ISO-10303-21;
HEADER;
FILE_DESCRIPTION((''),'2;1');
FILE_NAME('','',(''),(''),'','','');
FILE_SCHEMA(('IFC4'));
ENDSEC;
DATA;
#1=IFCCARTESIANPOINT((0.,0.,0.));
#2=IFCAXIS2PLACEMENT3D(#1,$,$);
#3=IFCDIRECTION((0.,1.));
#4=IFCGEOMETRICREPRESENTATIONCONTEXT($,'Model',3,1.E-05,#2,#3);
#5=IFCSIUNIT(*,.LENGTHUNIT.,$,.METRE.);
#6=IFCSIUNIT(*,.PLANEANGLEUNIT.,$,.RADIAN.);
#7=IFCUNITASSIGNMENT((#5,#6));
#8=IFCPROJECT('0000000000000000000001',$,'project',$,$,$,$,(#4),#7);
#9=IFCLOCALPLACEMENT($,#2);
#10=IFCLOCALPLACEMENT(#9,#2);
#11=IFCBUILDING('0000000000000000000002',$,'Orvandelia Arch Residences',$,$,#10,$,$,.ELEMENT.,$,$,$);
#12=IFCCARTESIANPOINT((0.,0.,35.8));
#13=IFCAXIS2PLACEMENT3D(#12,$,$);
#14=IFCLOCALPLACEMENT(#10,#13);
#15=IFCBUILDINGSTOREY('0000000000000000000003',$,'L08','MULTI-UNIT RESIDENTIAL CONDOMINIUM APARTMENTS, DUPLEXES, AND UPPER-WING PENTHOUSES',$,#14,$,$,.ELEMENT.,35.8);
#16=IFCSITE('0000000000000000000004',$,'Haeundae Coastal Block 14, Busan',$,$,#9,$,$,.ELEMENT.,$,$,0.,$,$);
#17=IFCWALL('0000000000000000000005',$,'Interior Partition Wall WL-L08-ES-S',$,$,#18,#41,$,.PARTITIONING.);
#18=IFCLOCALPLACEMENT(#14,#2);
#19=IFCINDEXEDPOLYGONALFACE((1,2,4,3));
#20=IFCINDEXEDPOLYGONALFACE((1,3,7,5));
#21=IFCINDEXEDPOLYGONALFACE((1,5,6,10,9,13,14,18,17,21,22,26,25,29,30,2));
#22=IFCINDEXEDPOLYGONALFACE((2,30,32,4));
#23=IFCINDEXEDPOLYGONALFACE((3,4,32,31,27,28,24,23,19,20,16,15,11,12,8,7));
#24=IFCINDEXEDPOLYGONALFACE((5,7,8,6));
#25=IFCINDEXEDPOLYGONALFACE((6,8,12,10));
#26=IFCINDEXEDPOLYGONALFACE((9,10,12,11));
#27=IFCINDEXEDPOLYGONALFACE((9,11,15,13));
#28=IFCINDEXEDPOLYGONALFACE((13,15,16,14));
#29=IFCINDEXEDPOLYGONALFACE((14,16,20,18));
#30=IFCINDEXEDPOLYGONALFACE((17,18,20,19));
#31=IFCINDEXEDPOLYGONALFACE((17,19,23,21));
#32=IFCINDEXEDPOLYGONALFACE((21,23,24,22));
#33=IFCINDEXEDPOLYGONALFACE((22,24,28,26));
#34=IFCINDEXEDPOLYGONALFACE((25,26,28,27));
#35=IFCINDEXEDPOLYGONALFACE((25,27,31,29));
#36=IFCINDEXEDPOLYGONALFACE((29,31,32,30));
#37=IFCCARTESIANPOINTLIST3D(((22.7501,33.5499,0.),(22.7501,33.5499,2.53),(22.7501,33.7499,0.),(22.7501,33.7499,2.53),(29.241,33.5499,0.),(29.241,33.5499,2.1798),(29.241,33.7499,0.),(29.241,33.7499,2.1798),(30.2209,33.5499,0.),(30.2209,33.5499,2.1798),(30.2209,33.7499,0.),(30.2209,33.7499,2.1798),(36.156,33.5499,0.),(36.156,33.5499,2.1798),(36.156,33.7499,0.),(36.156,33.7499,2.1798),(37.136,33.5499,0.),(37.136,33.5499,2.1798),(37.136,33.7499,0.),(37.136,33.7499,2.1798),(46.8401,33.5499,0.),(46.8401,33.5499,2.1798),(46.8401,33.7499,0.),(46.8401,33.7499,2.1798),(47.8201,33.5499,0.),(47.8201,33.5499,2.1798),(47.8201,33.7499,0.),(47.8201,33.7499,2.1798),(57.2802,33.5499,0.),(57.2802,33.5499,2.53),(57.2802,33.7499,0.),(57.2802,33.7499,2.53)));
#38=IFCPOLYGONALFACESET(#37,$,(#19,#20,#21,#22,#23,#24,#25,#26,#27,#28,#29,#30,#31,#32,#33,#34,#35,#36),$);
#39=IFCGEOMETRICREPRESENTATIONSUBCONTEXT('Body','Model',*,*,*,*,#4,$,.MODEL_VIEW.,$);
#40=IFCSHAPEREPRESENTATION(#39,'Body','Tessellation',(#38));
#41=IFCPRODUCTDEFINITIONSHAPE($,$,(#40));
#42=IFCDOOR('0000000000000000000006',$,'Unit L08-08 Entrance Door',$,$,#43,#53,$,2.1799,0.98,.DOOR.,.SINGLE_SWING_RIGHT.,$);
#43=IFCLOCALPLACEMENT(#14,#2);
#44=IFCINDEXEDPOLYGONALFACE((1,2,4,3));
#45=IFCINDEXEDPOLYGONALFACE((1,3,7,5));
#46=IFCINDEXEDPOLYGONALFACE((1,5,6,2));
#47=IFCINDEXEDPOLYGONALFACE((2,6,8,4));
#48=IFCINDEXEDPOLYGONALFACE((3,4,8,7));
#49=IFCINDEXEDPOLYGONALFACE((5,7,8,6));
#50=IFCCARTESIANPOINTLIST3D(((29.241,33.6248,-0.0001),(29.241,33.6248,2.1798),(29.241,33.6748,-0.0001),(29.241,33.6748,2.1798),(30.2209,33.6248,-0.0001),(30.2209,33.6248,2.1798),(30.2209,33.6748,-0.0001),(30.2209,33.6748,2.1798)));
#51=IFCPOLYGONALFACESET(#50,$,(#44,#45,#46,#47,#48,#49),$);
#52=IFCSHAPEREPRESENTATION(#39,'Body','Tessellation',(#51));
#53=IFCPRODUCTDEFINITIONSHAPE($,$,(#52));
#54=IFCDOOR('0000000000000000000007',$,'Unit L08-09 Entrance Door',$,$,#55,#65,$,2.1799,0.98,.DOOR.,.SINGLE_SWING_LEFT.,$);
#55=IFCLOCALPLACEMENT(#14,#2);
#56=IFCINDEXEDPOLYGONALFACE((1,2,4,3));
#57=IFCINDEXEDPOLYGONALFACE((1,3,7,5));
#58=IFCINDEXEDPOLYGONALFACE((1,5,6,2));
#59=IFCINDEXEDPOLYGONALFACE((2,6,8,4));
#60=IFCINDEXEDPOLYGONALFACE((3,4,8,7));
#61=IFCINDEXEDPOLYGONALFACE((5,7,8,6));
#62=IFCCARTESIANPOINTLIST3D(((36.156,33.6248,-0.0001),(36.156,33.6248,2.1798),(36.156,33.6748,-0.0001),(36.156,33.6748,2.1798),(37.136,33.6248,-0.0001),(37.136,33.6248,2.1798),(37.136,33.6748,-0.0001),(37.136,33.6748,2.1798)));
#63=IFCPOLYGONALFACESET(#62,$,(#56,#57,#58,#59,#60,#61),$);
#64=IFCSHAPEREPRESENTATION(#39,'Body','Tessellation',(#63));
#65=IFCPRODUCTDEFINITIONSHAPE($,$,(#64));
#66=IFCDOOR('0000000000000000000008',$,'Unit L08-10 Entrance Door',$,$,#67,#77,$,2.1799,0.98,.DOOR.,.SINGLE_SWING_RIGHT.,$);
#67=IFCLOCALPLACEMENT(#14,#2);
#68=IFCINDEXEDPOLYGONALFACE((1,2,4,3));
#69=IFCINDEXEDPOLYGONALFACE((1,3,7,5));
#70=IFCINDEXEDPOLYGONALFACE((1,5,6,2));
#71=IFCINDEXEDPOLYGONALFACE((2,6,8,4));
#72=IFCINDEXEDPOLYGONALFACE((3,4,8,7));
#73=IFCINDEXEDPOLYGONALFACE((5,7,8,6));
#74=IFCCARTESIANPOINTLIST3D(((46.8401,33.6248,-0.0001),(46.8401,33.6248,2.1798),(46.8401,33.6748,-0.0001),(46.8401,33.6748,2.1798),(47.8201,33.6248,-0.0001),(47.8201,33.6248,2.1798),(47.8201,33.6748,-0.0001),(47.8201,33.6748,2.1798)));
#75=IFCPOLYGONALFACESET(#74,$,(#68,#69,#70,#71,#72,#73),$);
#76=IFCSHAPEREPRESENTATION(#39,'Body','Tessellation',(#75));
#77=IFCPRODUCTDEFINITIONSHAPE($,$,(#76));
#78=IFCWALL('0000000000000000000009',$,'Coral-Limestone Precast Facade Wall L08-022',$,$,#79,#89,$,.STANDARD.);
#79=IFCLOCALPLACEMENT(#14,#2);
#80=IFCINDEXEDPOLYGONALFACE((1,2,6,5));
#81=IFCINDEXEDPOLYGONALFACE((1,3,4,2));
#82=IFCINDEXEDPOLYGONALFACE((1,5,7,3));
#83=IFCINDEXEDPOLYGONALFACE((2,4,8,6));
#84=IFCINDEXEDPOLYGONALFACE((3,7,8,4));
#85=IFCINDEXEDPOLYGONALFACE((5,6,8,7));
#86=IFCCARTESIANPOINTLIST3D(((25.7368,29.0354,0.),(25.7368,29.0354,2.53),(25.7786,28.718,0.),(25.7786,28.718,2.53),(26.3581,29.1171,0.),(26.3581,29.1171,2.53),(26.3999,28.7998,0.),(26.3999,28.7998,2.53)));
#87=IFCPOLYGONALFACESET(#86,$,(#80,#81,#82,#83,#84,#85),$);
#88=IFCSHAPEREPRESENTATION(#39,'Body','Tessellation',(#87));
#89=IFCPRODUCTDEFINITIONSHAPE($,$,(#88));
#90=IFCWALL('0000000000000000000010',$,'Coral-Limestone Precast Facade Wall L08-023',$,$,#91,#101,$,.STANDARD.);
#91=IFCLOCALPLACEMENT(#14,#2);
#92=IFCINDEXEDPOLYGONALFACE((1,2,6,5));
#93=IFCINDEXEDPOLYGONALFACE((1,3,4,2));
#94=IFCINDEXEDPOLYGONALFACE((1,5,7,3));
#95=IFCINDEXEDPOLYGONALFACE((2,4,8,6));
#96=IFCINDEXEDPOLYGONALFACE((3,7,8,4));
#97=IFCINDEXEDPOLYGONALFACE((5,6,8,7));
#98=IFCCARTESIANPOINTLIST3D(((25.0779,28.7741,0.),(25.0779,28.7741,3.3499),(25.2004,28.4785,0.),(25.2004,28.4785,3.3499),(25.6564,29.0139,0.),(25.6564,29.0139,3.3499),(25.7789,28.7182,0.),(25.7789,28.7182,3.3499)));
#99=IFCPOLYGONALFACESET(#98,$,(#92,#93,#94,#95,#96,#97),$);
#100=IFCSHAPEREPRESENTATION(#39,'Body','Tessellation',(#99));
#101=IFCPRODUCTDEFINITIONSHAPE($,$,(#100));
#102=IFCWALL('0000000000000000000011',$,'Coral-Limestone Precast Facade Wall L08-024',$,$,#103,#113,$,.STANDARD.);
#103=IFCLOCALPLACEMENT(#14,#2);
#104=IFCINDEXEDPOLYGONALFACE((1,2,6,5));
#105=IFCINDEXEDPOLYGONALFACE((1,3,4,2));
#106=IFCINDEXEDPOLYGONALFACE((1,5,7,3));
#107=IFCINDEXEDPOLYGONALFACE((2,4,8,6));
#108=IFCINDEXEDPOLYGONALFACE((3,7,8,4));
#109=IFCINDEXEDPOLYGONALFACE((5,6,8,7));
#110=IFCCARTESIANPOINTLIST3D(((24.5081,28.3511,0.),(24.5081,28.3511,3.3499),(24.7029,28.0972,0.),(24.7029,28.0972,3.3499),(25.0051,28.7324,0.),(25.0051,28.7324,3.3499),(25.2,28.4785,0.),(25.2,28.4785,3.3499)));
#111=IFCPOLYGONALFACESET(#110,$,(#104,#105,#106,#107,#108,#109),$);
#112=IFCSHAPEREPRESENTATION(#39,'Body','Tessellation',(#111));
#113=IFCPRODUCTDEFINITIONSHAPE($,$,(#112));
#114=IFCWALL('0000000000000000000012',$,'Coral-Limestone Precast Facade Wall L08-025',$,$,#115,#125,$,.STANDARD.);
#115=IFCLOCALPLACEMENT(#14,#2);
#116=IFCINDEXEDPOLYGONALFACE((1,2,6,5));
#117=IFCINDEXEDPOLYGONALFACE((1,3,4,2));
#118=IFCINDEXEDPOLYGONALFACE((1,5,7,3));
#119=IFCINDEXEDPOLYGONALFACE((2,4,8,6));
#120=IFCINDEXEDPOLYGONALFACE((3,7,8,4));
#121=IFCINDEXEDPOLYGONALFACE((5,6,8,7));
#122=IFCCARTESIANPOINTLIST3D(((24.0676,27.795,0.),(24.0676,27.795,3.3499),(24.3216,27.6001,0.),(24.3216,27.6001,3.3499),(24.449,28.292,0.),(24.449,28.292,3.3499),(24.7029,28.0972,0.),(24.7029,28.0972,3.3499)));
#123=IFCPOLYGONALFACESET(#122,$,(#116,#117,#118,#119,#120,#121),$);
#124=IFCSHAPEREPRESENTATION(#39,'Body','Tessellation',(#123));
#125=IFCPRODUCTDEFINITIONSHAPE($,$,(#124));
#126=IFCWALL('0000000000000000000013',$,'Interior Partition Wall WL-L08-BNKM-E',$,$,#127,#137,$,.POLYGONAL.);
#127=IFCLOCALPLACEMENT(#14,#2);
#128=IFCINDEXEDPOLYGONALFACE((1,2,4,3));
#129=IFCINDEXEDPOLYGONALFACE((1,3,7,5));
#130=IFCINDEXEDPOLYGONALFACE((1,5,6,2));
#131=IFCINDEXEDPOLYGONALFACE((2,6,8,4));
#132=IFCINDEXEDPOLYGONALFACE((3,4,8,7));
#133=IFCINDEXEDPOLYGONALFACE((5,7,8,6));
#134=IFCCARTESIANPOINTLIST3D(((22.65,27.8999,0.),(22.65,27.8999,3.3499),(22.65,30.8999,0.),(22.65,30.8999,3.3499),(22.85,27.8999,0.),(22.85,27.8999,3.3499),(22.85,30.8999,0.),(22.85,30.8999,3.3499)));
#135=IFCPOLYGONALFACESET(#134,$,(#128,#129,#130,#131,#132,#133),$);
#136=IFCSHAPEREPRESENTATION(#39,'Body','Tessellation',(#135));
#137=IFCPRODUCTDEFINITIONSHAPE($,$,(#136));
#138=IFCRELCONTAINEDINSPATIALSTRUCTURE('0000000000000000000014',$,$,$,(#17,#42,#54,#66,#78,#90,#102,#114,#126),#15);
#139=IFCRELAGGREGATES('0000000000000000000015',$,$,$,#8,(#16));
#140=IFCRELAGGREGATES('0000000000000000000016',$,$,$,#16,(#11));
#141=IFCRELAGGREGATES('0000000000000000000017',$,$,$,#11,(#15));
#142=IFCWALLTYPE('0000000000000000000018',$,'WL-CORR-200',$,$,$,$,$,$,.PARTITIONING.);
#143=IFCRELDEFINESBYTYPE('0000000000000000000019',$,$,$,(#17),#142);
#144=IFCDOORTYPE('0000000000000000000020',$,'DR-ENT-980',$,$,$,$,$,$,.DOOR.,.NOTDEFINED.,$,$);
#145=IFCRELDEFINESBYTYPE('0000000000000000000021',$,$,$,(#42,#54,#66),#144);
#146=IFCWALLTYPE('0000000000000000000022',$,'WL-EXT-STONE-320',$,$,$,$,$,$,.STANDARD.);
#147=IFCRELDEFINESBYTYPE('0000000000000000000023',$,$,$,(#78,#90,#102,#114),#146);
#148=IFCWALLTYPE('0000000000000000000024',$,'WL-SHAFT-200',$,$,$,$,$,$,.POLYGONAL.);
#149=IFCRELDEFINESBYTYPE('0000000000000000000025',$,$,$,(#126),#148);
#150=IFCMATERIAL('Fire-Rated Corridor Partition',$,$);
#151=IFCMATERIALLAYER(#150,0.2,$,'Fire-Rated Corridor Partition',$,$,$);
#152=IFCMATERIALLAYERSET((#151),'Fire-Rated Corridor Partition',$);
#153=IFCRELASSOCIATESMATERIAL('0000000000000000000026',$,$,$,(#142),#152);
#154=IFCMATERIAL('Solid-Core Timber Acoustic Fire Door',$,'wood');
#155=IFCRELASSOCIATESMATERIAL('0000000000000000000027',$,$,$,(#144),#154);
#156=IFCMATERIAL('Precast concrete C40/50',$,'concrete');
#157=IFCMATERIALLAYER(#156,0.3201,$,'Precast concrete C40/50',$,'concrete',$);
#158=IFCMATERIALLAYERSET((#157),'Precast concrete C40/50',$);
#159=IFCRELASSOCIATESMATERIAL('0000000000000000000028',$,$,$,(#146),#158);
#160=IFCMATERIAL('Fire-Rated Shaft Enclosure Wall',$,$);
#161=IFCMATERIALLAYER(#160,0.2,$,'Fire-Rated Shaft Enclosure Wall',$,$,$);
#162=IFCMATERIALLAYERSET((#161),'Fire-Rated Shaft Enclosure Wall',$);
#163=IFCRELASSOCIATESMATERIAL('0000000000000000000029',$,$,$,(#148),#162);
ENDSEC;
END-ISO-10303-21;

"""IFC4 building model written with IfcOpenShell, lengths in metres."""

from ifc_helpers import new_model, si_unit, direction, frame, frame_2d, origin, place, context, subcontext, project, spatial, rectangle, extrude, material, layer, layer_set, type_object, element, fill, save


model = new_model("IFC4")

# Units and contexts
model_context = context("Model", 3, precision=1e-05, world=origin(), true_north=direction((0.0, 1.0)))
body_context = subcontext(model_context, "Body", "Model", "MODEL_VIEW")
ifc_project = project(units=[si_unit("LENGTHUNIT", "METRE"), si_unit("PLANEANGLEUNIT", "RADIAN")], contexts=[model_context])

# Site, building, storey
site_placement = place(None, origin())
site = spatial("IfcSite", under=ifc_project, at=site_placement, Name="Haeundae Coastal Block 14, Busan", CompositionType="ELEMENT", RefElevation=0.0)
building_placement = place(site_placement, origin())
building = spatial("IfcBuilding", under=site, at=building_placement, Name="Orvandelia Arch Residences", CompositionType="ELEMENT")
storey_placement = place(building_placement, frame((0.0, 0.0, 35.8)))
storey = spatial("IfcBuildingStorey", under=building, at=storey_placement, Name="L08", Description="MULTI-UNIT RESIDENTIAL CONDOMINIUM APARTMENTS, DUPLEXES, AND UPPER-WING PENTHOUSES", CompositionType="ELEMENT", Elevation=35.8)

# Wall, openings, doors
ifc_material_1 = material(Name="Fire-Rated Corridor Partition")
ifc_layer_1 = layer(ifc_material_1, 0.2, Name="Fire-Rated Corridor Partition")
ifc_layer_set_1 = layer_set([ifc_layer_1], Name="Fire-Rated Corridor Partition")
wall_type_1 = type_object("IfcWallType", Name="WL-CORR-200", PredefinedType="PARTITIONING", material=ifc_layer_set_1)
wall_1_placement = place(storey_placement, frame((22.75, 33.6499, 0.0), z_axis=(0.0, 0.0, 1.0), x_axis=(1.0, 0.0, 0.0)))
wall_1 = element("IfcWall", 1, at=wall_1_placement, inside=storey, type_object=wall_type_1, Name="Interior Partition Wall WL-L08-ES-S", PredefinedType="PARTITIONING", context=body_context, shape_type="SweptSolid", body=[
    extrude(rectangle(XDim=34.53, YDim=0.2, at=frame_2d((17.2651, 0.0))), origin(), (0.0, 0.0, 1.0), 2.53),
])
opening_1_placement = place(wall_1_placement, frame((6.491, 0.0, 0.0)))
opening_1 = element("IfcOpeningElement", 2, at=opening_1_placement, cuts=wall_1, PredefinedType="OPENING", context=body_context, shape_type="SweptSolid", body=[
    extrude(rectangle(XDim=0.98, YDim=2.1799, at=frame_2d((0.49, 1.0898))), frame((0.0, 0.1099, 0.0), z_axis=(0.0, -1.0, 0.0), x_axis=(1.0, 0.0, 0.0)), (0.0, 0.0, 1.0), 0.22),
])
opening_2_placement = place(wall_1_placement, frame((13.406, 0.0, 0.0)))
opening_2 = element("IfcOpeningElement", 3, at=opening_2_placement, cuts=wall_1, PredefinedType="OPENING", context=body_context, shape_type="SweptSolid", body=[
    extrude(rectangle(XDim=0.98, YDim=2.1799, at=frame_2d((0.49, 1.0898))), frame((0.0, 0.1099, 0.0), z_axis=(0.0, -1.0, 0.0), x_axis=(1.0, 0.0, 0.0)), (0.0, 0.0, 1.0), 0.22),
])
opening_3_placement = place(wall_1_placement, frame((24.0901, 0.0, 0.0)))
opening_3 = element("IfcOpeningElement", 4, at=opening_3_placement, cuts=wall_1, PredefinedType="OPENING", context=body_context, shape_type="SweptSolid", body=[
    extrude(rectangle(XDim=0.98, YDim=2.1799, at=frame_2d((0.49, 1.0898))), frame((0.0, 0.1099, 0.0), z_axis=(0.0, -1.0, 0.0), x_axis=(1.0, 0.0, 0.0)), (0.0, 0.0, 1.0), 0.22),
])
ifc_material_2 = material(Name="Solid-Core Timber Acoustic Fire Door", Category="wood")
door_type_1 = type_object("IfcDoorType", Name="DR-ENT-980", OperationType="NOTDEFINED", PredefinedType="DOOR", material=ifc_material_2)
door_1_placement = place(opening_1_placement, origin())
door_1 = element("IfcDoor", 5, at=door_1_placement, inside=storey, type_object=door_type_1, Name="Unit L08-08 Entrance Door", OperationType="SINGLE_SWING_RIGHT", OverallHeight=2.1799, OverallWidth=0.98, PredefinedType="DOOR", context=body_context, shape_type="SweptSolid", body=[
    extrude(rectangle(XDim=0.98, YDim=2.1799, at=frame_2d((0.49, 1.0898))), frame((0.0, 0.0249, 0.0), z_axis=(0.0, -1.0, 0.0), x_axis=(1.0, 0.0, 0.0)), (0.0, 0.0, 1.0), 0.05),
])
fill(opening_1, door_1)
door_2_placement = place(opening_2_placement, origin())
door_2 = element("IfcDoor", 6, at=door_2_placement, inside=storey, type_object=door_type_1, Name="Unit L08-09 Entrance Door", OperationType="SINGLE_SWING_LEFT", OverallHeight=2.1799, OverallWidth=0.98, PredefinedType="DOOR", context=body_context, shape_type="SweptSolid", body=[
    extrude(rectangle(XDim=0.98, YDim=2.1799, at=frame_2d((0.49, 1.0898))), frame((0.0, 0.0249, 0.0), z_axis=(0.0, -1.0, 0.0), x_axis=(1.0, 0.0, 0.0)), (0.0, 0.0, 1.0), 0.05),
])
fill(opening_2, door_2)
door_3_placement = place(opening_3_placement, origin())
door_3 = element("IfcDoor", 7, at=door_3_placement, inside=storey, type_object=door_type_1, Name="Unit L08-10 Entrance Door", OperationType="SINGLE_SWING_RIGHT", OverallHeight=2.1799, OverallWidth=0.98, PredefinedType="DOOR", context=body_context, shape_type="SweptSolid", body=[
    extrude(rectangle(XDim=0.98, YDim=2.1799, at=frame_2d((0.49, 1.0898))), frame((0.0, 0.0249, 0.0), z_axis=(0.0, -1.0, 0.0), x_axis=(1.0, 0.0, 0.0)), (0.0, 0.0, 1.0), 0.05),
])
fill(opening_3, door_3)

# Walls
ifc_material_3 = material(Name="Precast concrete C40/50", Category="concrete")
ifc_layer_2 = layer(ifc_material_3, 0.3201, Name="Precast concrete C40/50", Category="concrete")
ifc_layer_set_2 = layer_set([ifc_layer_2], Name="Precast concrete C40/50")
wall_type_2 = type_object("IfcWallType", Name="WL-EXT-STONE-320", PredefinedType="STANDARD", material=ifc_layer_set_2)
wall_2_placement = place(storey_placement, frame((26.3792, 28.9585, 0.0), z_axis=(0.0, 0.0, 1.0), x_axis=(-0.991448, -0.130505, 0.0)))
element("IfcWall", 8, at=wall_2_placement, inside=storey, type_object=wall_type_2, Name="Coral-Limestone Precast Facade Wall L08-022", PredefinedType="STANDARD", context=body_context, shape_type="SweptSolid", body=[
    extrude(rectangle(XDim=0.6267, YDim=0.3201, at=frame_2d((0.3135, 0.0))), origin(), (0.0, 0.0, 1.0), 2.53),
])
wall_3_placement = place(storey_placement, frame((25.7175, 28.866, 0.0), z_axis=(0.0, 0.0, 1.0), x_axis=(-0.923836, -0.382788, 0.0)))
element("IfcWall", 9, at=wall_3_placement, inside=storey, type_object=wall_type_2, Name="Coral-Limestone Precast Facade Wall L08-023", PredefinedType="STANDARD", context=body_context, shape_type="SweptSolid", body=[
    extrude(rectangle(XDim=0.6262, YDim=0.3201, at=frame_2d((0.313, 0.0))), origin(), (0.0, 0.0, 1.0), 3.3499),
])
for number, where, z_axis, x_axis, name in (
    (10, (25.1025, 28.6055, 0.0), (0.0, 0.0, 1.0), (-0.793406, -0.608693, 0.0), "Coral-Limestone Precast Facade Wall L08-024"),
    (11, (24.5759, 28.1946, 0.0), (0.0, 0.0, 1.0), (-0.608693, -0.793406, 0.0), "Coral-Limestone Precast Facade Wall L08-025"),
):
    element("IfcWall", number, at=place(storey_placement, frame(where, z_axis=z_axis, x_axis=x_axis)), inside=storey, type_object=wall_type_2, Name=name, PredefinedType="STANDARD", context=body_context, shape_type="SweptSolid", body=[
        extrude(rectangle(XDim=0.6265, YDim=0.3201, at=frame_2d((0.3132, 0.0))), origin(), (0.0, 0.0, 1.0), 3.3499),
    ])
ifc_material_4 = material(Name="Fire-Rated Shaft Enclosure Wall")
ifc_layer_3 = layer(ifc_material_4, 0.2, Name="Fire-Rated Shaft Enclosure Wall")
ifc_layer_set_3 = layer_set([ifc_layer_3], Name="Fire-Rated Shaft Enclosure Wall")
wall_type_3 = type_object("IfcWallType", Name="WL-SHAFT-200", PredefinedType="POLYGONAL", material=ifc_layer_set_3)
wall_4_placement = place(storey_placement, frame((22.75, 27.8999, 0.0), z_axis=(0.0, 0.0, 1.0), x_axis=(0.0, 1.0, 0.0)))
element("IfcWall", 12, at=wall_4_placement, inside=storey, type_object=wall_type_3, Name="Interior Partition Wall WL-L08-BNKM-E", PredefinedType="POLYGONAL", context=body_context, shape_type="SweptSolid", body=[
    extrude(rectangle(XDim=3.0, YDim=0.2, at=frame_2d((1.5, 0.0))), origin(), (0.0, 0.0, 1.0), 3.3499),
])

save(model, "model.ifc")
